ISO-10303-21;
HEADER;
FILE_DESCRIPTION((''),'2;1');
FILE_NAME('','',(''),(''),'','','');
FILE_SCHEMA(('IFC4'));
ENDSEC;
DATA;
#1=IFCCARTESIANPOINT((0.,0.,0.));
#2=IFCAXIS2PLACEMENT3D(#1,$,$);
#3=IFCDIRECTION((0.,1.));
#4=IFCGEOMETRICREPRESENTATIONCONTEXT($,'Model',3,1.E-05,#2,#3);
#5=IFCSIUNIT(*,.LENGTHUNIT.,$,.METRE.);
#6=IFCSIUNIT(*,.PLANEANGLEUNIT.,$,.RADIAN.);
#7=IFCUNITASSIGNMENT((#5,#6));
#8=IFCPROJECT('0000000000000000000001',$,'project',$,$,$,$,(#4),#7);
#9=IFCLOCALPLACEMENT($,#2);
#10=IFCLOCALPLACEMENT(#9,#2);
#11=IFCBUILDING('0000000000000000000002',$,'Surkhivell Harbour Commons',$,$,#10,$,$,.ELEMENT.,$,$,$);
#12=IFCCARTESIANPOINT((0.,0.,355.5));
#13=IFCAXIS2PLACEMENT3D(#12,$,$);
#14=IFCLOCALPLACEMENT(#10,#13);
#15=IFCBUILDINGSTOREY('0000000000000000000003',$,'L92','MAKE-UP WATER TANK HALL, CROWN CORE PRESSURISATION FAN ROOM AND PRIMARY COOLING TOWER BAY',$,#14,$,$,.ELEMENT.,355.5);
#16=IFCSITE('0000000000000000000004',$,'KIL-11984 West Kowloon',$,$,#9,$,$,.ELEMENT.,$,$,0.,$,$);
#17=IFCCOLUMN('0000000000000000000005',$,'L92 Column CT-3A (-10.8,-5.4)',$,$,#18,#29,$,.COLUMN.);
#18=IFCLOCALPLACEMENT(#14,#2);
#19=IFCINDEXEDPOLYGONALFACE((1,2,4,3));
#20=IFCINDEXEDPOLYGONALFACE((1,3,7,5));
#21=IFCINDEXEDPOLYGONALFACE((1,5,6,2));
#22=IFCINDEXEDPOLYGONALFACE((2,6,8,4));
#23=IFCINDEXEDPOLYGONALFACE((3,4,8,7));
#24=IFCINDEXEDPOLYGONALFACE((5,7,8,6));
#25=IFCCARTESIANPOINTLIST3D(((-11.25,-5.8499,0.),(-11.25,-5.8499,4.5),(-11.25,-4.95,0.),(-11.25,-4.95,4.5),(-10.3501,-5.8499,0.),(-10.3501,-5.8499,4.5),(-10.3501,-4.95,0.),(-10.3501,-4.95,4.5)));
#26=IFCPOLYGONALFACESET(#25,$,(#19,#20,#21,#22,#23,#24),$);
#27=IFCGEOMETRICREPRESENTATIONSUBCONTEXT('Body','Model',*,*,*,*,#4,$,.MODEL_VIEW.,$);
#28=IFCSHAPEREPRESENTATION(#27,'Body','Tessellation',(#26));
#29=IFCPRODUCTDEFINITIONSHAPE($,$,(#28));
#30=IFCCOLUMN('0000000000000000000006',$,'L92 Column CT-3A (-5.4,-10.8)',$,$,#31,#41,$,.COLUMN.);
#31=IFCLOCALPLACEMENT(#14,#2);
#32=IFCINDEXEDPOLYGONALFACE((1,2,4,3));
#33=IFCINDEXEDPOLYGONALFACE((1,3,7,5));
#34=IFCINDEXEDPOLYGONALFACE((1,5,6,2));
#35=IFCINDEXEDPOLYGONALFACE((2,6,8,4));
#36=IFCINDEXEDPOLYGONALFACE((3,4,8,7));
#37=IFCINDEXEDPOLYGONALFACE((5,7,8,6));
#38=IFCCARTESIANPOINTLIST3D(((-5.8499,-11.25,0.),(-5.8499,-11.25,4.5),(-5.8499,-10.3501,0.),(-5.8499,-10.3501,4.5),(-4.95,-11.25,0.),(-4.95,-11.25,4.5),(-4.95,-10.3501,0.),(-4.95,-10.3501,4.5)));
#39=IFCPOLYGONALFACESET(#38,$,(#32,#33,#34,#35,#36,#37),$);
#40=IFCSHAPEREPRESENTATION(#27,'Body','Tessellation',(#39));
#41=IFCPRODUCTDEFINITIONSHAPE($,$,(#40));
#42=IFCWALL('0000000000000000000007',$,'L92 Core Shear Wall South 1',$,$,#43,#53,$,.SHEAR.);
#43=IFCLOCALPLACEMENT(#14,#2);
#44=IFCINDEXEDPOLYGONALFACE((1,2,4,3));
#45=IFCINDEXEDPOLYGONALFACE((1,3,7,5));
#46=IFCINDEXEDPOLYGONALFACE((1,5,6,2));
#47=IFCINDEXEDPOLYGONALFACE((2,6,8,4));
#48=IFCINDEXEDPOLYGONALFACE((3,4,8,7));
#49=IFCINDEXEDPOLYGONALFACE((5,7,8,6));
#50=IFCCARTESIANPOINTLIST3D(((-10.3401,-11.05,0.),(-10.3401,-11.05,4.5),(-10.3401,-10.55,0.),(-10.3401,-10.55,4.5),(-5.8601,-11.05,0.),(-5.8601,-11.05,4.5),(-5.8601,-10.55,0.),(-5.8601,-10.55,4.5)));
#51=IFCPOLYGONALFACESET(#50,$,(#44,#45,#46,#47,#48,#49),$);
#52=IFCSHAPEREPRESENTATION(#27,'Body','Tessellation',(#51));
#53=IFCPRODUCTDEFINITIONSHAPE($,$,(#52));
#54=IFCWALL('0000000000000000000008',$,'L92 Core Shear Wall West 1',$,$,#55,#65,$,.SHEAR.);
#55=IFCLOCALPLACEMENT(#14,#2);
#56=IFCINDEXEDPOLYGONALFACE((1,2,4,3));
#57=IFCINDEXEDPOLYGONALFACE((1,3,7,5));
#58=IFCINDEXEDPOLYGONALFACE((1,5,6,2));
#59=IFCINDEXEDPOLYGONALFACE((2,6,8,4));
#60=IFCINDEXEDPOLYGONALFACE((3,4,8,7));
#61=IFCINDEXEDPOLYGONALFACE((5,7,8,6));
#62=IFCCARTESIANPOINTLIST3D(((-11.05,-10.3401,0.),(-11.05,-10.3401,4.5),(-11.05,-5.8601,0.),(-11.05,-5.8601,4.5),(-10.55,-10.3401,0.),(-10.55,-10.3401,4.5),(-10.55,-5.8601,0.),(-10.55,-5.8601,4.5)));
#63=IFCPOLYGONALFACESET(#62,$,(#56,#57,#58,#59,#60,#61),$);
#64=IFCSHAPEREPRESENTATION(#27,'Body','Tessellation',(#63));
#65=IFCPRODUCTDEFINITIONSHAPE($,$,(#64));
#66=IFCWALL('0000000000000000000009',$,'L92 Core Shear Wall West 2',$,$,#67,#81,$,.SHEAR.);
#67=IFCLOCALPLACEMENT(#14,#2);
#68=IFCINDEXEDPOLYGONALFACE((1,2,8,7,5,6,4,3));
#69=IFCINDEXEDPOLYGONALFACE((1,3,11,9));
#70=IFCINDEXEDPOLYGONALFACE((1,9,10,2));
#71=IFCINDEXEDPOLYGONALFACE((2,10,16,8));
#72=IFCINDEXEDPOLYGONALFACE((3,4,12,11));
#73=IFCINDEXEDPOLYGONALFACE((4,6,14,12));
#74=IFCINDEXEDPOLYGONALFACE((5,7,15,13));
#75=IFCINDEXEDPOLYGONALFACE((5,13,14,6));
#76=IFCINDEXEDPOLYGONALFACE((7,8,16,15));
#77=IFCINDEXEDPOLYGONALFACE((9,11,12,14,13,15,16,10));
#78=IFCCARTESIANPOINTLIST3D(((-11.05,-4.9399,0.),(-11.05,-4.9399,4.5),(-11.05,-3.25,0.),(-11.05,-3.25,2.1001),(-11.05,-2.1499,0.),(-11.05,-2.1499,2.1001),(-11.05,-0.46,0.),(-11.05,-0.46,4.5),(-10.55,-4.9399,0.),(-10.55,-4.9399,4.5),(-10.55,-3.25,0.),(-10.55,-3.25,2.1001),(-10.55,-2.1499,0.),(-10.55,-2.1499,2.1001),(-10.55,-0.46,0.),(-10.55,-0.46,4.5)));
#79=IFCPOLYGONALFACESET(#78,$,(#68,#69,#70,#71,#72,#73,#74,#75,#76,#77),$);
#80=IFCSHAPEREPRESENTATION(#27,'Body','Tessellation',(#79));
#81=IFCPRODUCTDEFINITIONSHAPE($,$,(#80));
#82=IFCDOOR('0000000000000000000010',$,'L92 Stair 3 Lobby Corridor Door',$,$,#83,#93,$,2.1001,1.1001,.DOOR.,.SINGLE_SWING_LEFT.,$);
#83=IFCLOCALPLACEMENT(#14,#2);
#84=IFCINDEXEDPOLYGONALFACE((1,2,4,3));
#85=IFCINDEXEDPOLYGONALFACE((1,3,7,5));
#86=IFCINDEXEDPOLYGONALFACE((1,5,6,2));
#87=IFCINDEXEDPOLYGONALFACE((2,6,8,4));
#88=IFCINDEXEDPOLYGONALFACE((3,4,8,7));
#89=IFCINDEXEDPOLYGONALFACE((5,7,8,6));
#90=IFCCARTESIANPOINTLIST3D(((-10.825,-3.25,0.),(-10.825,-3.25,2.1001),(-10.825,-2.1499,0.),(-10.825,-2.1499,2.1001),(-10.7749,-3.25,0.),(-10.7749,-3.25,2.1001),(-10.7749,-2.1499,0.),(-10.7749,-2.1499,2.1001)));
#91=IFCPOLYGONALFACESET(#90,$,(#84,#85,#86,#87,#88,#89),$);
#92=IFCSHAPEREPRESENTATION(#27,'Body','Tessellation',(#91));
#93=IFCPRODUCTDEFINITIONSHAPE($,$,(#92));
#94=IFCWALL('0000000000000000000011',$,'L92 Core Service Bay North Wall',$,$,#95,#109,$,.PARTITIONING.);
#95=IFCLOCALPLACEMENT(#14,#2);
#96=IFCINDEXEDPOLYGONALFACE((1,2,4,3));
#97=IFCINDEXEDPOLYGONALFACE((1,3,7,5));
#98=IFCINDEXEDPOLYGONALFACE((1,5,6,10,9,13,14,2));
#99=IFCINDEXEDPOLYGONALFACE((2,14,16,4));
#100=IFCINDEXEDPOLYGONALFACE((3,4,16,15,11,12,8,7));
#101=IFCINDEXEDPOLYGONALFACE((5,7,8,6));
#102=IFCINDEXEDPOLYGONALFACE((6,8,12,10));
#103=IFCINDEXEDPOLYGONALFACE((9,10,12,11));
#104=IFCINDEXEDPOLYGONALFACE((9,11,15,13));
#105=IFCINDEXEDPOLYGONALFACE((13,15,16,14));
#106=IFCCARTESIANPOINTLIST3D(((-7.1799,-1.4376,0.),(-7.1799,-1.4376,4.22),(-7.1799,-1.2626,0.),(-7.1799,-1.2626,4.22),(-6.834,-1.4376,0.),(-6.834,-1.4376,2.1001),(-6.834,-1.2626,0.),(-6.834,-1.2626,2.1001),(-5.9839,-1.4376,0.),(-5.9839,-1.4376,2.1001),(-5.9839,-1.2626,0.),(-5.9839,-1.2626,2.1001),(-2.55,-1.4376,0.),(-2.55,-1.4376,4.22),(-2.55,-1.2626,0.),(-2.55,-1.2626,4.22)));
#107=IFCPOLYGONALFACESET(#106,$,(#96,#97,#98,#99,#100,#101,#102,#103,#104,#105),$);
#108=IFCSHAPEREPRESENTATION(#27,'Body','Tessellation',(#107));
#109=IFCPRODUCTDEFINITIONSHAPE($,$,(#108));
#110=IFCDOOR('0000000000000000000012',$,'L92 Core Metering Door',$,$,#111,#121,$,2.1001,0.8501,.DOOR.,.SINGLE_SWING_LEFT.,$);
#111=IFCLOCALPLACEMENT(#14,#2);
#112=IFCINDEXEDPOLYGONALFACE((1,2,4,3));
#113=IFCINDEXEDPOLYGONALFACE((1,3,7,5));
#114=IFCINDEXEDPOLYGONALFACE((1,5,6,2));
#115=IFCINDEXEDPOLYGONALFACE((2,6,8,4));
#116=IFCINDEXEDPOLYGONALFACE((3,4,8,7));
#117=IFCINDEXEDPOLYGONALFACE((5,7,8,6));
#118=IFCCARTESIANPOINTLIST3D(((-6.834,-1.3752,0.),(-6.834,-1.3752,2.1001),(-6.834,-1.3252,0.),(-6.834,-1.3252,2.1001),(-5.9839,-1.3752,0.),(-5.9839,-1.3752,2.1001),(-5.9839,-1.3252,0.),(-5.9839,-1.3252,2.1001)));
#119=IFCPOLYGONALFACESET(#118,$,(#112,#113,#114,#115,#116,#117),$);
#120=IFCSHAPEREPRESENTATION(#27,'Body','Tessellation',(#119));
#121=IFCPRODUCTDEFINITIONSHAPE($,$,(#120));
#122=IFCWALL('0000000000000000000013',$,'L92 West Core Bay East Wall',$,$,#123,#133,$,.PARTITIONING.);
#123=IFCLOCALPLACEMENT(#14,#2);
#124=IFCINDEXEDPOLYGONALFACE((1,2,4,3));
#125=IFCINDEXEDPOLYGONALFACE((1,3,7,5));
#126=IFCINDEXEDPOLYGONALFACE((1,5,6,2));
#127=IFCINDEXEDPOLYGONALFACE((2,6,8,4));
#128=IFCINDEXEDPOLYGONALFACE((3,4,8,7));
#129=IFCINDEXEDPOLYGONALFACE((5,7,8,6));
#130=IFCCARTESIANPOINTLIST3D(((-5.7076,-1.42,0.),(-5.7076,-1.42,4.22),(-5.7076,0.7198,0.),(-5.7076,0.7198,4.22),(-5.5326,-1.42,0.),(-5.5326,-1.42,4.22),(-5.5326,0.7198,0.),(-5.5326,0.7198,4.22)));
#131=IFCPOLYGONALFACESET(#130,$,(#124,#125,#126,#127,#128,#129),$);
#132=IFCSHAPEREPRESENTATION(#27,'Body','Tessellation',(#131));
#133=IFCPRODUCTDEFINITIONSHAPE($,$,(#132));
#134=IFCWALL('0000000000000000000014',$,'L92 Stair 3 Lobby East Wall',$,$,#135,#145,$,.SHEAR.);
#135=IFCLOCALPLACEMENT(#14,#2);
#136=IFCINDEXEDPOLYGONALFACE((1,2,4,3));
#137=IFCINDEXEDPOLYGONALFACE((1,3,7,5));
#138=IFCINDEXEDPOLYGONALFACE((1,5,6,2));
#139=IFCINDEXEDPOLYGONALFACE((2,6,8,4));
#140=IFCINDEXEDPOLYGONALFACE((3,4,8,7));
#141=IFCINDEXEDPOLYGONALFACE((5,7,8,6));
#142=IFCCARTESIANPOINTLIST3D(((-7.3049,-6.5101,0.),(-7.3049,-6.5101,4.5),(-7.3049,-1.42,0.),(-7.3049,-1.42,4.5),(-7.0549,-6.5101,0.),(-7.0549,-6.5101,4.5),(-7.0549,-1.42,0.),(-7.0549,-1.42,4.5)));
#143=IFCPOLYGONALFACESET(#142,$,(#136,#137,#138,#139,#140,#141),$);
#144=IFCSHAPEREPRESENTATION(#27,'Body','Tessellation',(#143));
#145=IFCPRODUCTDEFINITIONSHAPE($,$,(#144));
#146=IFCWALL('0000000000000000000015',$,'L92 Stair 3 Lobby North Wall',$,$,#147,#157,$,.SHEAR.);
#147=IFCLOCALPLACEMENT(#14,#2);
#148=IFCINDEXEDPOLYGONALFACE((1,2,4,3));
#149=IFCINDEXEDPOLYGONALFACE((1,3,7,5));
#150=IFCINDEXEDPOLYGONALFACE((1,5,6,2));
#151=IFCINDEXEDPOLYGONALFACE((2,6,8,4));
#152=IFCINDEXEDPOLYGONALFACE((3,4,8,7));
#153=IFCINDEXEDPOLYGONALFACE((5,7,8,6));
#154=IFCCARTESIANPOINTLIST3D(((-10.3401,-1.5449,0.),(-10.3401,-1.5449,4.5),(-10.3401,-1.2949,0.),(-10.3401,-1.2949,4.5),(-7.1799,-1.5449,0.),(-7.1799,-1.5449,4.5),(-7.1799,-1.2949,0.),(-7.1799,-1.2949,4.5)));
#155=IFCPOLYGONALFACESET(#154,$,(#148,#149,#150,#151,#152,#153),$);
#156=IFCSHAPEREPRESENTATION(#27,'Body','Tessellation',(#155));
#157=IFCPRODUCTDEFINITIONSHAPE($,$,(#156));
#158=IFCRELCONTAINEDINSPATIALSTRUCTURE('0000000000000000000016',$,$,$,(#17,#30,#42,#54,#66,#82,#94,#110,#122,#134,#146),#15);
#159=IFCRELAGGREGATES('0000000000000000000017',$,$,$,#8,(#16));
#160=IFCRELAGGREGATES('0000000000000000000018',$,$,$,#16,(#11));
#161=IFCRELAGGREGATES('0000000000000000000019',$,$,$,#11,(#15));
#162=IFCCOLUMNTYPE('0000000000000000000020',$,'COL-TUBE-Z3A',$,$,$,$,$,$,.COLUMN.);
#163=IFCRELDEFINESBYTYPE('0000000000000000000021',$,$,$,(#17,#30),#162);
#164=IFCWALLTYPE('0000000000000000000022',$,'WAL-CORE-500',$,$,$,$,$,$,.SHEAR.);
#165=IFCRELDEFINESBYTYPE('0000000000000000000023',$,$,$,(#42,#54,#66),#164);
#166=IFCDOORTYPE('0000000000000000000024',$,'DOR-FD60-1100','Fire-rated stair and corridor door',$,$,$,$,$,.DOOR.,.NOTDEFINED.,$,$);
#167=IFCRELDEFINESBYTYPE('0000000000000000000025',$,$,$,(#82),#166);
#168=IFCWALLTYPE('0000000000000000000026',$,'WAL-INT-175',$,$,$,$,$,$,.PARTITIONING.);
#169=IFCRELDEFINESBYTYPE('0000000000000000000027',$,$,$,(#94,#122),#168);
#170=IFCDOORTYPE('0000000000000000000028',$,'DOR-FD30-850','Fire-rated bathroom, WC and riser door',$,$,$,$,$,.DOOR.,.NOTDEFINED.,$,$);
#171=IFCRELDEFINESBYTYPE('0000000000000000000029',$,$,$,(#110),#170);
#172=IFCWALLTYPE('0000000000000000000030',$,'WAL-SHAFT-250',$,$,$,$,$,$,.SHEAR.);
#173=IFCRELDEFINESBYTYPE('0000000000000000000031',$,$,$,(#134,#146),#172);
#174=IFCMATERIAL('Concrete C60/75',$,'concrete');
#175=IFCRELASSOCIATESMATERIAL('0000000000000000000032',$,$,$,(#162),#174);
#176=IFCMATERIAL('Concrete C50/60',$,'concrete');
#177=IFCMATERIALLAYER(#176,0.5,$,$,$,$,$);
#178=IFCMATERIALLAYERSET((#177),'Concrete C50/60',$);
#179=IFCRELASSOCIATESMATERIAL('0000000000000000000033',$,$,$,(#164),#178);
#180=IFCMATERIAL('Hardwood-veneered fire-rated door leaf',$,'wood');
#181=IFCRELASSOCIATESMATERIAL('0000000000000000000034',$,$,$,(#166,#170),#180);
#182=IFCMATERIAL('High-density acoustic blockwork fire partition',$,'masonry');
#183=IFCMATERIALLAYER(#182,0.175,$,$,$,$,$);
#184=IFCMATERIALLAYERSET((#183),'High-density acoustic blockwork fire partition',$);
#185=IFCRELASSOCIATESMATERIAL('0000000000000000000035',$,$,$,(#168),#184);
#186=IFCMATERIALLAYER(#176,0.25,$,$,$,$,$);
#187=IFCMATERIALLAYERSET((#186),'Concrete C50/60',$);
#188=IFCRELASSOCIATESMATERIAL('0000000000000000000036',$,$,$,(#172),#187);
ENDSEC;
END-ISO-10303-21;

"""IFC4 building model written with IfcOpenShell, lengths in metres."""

from ifc_helpers import new_model, si_unit, direction, frame, frame_2d, origin, origin_2d, place, context, subcontext, project, spatial, rectangle, extrude, material, layer, layer_set, material_profile, profile_set, type_object, element, fill, save


model = new_model("IFC4")

# Units and contexts
model_context = context("Model", 3, precision=1e-05, world=origin(), true_north=direction((0.0, 1.0)))
body_context = subcontext(model_context, "Body", "Model", "MODEL_VIEW")
ifc_project = project(units=[si_unit("LENGTHUNIT", "METRE"), si_unit("PLANEANGLEUNIT", "RADIAN")], contexts=[model_context])

# Site, building, storey
site_placement = place(None, origin())
site = spatial("IfcSite", under=ifc_project, at=site_placement, Name="KIL-11984 West Kowloon", CompositionType="ELEMENT", RefElevation=0.0)
building_placement = place(site_placement, origin())
building = spatial("IfcBuilding", under=site, at=building_placement, Name="Surkhivell Harbour Commons", CompositionType="ELEMENT")
storey_placement = place(building_placement, frame((0.0, 0.0, 355.5)))
storey = spatial("IfcBuildingStorey", under=building, at=storey_placement, Name="L92", Description="MAKE-UP WATER TANK HALL, CROWN CORE PRESSURISATION FAN ROOM AND PRIMARY COOLING TOWER BAY", CompositionType="ELEMENT", Elevation=355.5)

# Columns
ifc_material_1 = material(Name="Concrete C60/75", Category="concrete")
ifc_material_profile = material_profile(ifc_material_1, rectangle(XDim=0.8999, YDim=0.8999, at=origin_2d()), Name="RC-COL-900x900")
ifc_profile_set = profile_set([ifc_material_profile], Name="Concrete C60/75")
column_type = type_object("IfcColumnType", Name="COL-TUBE-Z3A", PredefinedType="COLUMN", material=ifc_profile_set)
for number, where, z_axis, x_axis, name in (
    (1, (-10.8, -5.3999, 0.0), (0.0, 0.0, 1.0), (1.0, 0.0, 0.0), "L92 Column CT-3A (-10.8,-5.4)"),
    (2, (-5.3999, -10.8, 0.0), (0.0, 0.0, 1.0), (1.0, 0.0, 0.0), "L92 Column CT-3A (-5.4,-10.8)"),
):
    element("IfcColumn", number, at=place(storey_placement, frame(where, z_axis=z_axis, x_axis=x_axis)), inside=storey, type_object=column_type, Name=name, PredefinedType="COLUMN", context=body_context, shape_type="SweptSolid", body=[
        extrude(rectangle(XDim=0.8999, YDim=0.8999, at=origin_2d()), origin(), (0.0, 0.0, 1.0), 4.5),
    ])

# Walls
ifc_material_2 = material(Name="Concrete C50/60", Category="concrete")
ifc_layer_1 = layer(ifc_material_2, 0.5)
ifc_layer_set_1 = layer_set([ifc_layer_1], Name="Concrete C50/60")
wall_type_1 = type_object("IfcWallType", Name="WAL-CORE-500", PredefinedType="SHEAR", material=ifc_layer_set_1)
for number, where, z_axis, x_axis, name in (
    (3, (-10.3401, -10.8, 0.0), (0.0, 0.0, 1.0), (1.0, 0.0, 0.0), "L92 Core Shear Wall South 1"),
    (4, (-10.8, -10.3401, 0.0), (0.0, 0.0, 1.0), (0.0, 1.0, 0.0), "L92 Core Shear Wall West 1"),
):
    element("IfcWall", number, at=place(storey_placement, frame(where, z_axis=z_axis, x_axis=x_axis)), inside=storey, type_object=wall_type_1, Name=name, PredefinedType="SHEAR", context=body_context, shape_type="SweptSolid", body=[
        extrude(rectangle(XDim=4.48, YDim=0.5, at=frame_2d((2.24, 0.0))), origin(), (0.0, 0.0, 1.0), 4.5),
    ])

# Walls, openings, doors
wall_1_placement = place(storey_placement, frame((-10.8, -4.9399, 0.0), z_axis=(0.0, 0.0, 1.0), x_axis=(0.0, 1.0, 0.0)))
wall_1 = element("IfcWall", 5, at=wall_1_placement, inside=storey, type_object=wall_type_1, Name="L92 Core Shear Wall West 2", PredefinedType="SHEAR", context=body_context, shape_type="SweptSolid", body=[
    extrude(rectangle(XDim=4.48, YDim=0.5, at=frame_2d((2.24, 0.0))), origin(), (0.0, 0.0, 1.0), 4.5),
])
opening_1_placement = place(wall_1_placement, frame((1.6899, 0.0, 0.0)))
opening_1 = element("IfcOpeningElement", 6, at=opening_1_placement, cuts=wall_1, PredefinedType="OPENING", context=body_context, shape_type="SweptSolid", body=[
    extrude(rectangle(XDim=1.1001, YDim=2.1001, at=frame_2d((0.55, 1.05))), frame((0.0, 0.26, 0.0), z_axis=(0.0, -1.0, 0.0), x_axis=(1.0, 0.0, 0.0)), (0.0, 0.0, 1.0), 0.52),
])
ifc_material_3 = material(Name="Hardwood-veneered fire-rated door leaf", Category="wood")
door_type_1 = type_object("IfcDoorType", Name="DOR-FD60-1100", Description="Fire-rated stair and corridor door", OperationType="NOTDEFINED", PredefinedType="DOOR", material=ifc_material_3)
door_1_placement = place(opening_1_placement, origin())
door_1 = element("IfcDoor", 7, at=door_1_placement, inside=storey, type_object=door_type_1, Name="L92 Stair 3 Lobby Corridor Door", OperationType="SINGLE_SWING_LEFT", OverallHeight=2.1001, OverallWidth=1.1001, PredefinedType="DOOR", context=body_context, shape_type="SweptSolid", body=[
    extrude(rectangle(XDim=1.1001, YDim=2.1001, at=frame_2d((0.55, 1.05))), frame((0.0, 0.0249, 0.0), z_axis=(0.0, -1.0, 0.0), x_axis=(1.0, 0.0, 0.0)), (0.0, 0.0, 1.0), 0.05),
])
fill(opening_1, door_1)
ifc_material_4 = material(Name="High-density acoustic blockwork fire partition", Category="masonry")
ifc_layer_2 = layer(ifc_material_4, 0.175)
ifc_layer_set_2 = layer_set([ifc_layer_2], Name="High-density acoustic blockwork fire partition")
wall_type_2 = type_object("IfcWallType", Name="WAL-INT-175", PredefinedType="PARTITIONING", material=ifc_layer_set_2)
wall_2_placement = place(storey_placement, frame((-7.1799, -1.3501, 0.0), z_axis=(0.0, 0.0, 1.0), x_axis=(1.0, 0.0, 0.0)))
wall_2 = element("IfcWall", 8, at=wall_2_placement, inside=storey, type_object=wall_type_2, Name="L92 Core Service Bay North Wall", PredefinedType="PARTITIONING", context=body_context, shape_type="SweptSolid", body=[
    extrude(rectangle(XDim=4.6299, YDim=0.175, at=frame_2d((2.3149, 0.0))), origin(), (0.0, 0.0, 1.0), 4.22),
])
opening_2_placement = place(wall_2_placement, frame((0.3459, 0.0, 0.0)))
opening_2 = element("IfcOpeningElement", 9, at=opening_2_placement, cuts=wall_2, PredefinedType="OPENING", context=body_context, shape_type="SweptSolid", body=[
    extrude(rectangle(XDim=0.8501, YDim=2.1001, at=frame_2d((0.425, 1.05))), frame((0.0, 0.0974, 0.0), z_axis=(0.0, -1.0, 0.0), x_axis=(1.0, 0.0, 0.0)), (0.0, 0.0, 1.0), 0.1951),
])
door_type_2 = type_object("IfcDoorType", Name="DOR-FD30-850", Description="Fire-rated bathroom, WC and riser door", OperationType="NOTDEFINED", PredefinedType="DOOR", material=ifc_material_3)
door_2_placement = place(opening_2_placement, origin())
door_2 = element("IfcDoor", 10, at=door_2_placement, inside=storey, type_object=door_type_2, Name="L92 Core Metering Door", OperationType="SINGLE_SWING_LEFT", OverallHeight=2.1001, OverallWidth=0.8501, PredefinedType="DOOR", context=body_context, shape_type="SweptSolid", body=[
    extrude(rectangle(XDim=0.8501, YDim=2.1001, at=frame_2d((0.425, 1.05))), frame((0.0, 0.0249, 0.0), z_axis=(0.0, -1.0, 0.0), x_axis=(1.0, 0.0, 0.0)), (0.0, 0.0, 1.0), 0.05),
])
fill(opening_2, door_2)

# Walls
wall_3_placement = place(storey_placement, frame((-5.6201, -1.4199, 0.0), z_axis=(0.0, 0.0, 1.0), x_axis=(0.0, 1.0, 0.0)))
element("IfcWall", 11, at=wall_3_placement, inside=storey, type_object=wall_type_2, Name="L92 West Core Bay East Wall", PredefinedType="PARTITIONING", context=body_context, shape_type="SweptSolid", body=[
    extrude(rectangle(XDim=2.1399, YDim=0.175, at=frame_2d((1.0698, 0.0))), origin(), (0.0, 0.0, 1.0), 4.22),
])
ifc_layer_3 = layer(ifc_material_2, 0.25)
ifc_layer_set_3 = layer_set([ifc_layer_3], Name="Concrete C50/60")
wall_type_3 = type_object("IfcWallType", Name="WAL-SHAFT-250", PredefinedType="SHEAR", material=ifc_layer_set_3)
wall_4_placement = place(storey_placement, frame((-7.1799, -6.51, 0.0), z_axis=(0.0, 0.0, 1.0), x_axis=(0.0, 1.0, 0.0)))
element("IfcWall", 12, at=wall_4_placement, inside=storey, type_object=wall_type_3, Name="L92 Stair 3 Lobby East Wall", PredefinedType="SHEAR", context=body_context, shape_type="SweptSolid", body=[
    extrude(rectangle(XDim=5.0901, YDim=0.25, at=frame_2d((2.5449, 0.0))), origin(), (0.0, 0.0, 1.0), 4.5),
])
wall_5_placement = place(storey_placement, frame((-10.3401, -1.4199, 0.0), z_axis=(0.0, 0.0, 1.0), x_axis=(1.0, 0.0, 0.0)))
element("IfcWall", 13, at=wall_5_placement, inside=storey, type_object=wall_type_3, Name="L92 Stair 3 Lobby North Wall", PredefinedType="SHEAR", context=body_context, shape_type="SweptSolid", body=[
    extrude(rectangle(XDim=3.1602, YDim=0.25, at=frame_2d((1.5801, 0.0))), origin(), (0.0, 0.0, 1.0), 4.5),
])

save(model, "model.ifc")
